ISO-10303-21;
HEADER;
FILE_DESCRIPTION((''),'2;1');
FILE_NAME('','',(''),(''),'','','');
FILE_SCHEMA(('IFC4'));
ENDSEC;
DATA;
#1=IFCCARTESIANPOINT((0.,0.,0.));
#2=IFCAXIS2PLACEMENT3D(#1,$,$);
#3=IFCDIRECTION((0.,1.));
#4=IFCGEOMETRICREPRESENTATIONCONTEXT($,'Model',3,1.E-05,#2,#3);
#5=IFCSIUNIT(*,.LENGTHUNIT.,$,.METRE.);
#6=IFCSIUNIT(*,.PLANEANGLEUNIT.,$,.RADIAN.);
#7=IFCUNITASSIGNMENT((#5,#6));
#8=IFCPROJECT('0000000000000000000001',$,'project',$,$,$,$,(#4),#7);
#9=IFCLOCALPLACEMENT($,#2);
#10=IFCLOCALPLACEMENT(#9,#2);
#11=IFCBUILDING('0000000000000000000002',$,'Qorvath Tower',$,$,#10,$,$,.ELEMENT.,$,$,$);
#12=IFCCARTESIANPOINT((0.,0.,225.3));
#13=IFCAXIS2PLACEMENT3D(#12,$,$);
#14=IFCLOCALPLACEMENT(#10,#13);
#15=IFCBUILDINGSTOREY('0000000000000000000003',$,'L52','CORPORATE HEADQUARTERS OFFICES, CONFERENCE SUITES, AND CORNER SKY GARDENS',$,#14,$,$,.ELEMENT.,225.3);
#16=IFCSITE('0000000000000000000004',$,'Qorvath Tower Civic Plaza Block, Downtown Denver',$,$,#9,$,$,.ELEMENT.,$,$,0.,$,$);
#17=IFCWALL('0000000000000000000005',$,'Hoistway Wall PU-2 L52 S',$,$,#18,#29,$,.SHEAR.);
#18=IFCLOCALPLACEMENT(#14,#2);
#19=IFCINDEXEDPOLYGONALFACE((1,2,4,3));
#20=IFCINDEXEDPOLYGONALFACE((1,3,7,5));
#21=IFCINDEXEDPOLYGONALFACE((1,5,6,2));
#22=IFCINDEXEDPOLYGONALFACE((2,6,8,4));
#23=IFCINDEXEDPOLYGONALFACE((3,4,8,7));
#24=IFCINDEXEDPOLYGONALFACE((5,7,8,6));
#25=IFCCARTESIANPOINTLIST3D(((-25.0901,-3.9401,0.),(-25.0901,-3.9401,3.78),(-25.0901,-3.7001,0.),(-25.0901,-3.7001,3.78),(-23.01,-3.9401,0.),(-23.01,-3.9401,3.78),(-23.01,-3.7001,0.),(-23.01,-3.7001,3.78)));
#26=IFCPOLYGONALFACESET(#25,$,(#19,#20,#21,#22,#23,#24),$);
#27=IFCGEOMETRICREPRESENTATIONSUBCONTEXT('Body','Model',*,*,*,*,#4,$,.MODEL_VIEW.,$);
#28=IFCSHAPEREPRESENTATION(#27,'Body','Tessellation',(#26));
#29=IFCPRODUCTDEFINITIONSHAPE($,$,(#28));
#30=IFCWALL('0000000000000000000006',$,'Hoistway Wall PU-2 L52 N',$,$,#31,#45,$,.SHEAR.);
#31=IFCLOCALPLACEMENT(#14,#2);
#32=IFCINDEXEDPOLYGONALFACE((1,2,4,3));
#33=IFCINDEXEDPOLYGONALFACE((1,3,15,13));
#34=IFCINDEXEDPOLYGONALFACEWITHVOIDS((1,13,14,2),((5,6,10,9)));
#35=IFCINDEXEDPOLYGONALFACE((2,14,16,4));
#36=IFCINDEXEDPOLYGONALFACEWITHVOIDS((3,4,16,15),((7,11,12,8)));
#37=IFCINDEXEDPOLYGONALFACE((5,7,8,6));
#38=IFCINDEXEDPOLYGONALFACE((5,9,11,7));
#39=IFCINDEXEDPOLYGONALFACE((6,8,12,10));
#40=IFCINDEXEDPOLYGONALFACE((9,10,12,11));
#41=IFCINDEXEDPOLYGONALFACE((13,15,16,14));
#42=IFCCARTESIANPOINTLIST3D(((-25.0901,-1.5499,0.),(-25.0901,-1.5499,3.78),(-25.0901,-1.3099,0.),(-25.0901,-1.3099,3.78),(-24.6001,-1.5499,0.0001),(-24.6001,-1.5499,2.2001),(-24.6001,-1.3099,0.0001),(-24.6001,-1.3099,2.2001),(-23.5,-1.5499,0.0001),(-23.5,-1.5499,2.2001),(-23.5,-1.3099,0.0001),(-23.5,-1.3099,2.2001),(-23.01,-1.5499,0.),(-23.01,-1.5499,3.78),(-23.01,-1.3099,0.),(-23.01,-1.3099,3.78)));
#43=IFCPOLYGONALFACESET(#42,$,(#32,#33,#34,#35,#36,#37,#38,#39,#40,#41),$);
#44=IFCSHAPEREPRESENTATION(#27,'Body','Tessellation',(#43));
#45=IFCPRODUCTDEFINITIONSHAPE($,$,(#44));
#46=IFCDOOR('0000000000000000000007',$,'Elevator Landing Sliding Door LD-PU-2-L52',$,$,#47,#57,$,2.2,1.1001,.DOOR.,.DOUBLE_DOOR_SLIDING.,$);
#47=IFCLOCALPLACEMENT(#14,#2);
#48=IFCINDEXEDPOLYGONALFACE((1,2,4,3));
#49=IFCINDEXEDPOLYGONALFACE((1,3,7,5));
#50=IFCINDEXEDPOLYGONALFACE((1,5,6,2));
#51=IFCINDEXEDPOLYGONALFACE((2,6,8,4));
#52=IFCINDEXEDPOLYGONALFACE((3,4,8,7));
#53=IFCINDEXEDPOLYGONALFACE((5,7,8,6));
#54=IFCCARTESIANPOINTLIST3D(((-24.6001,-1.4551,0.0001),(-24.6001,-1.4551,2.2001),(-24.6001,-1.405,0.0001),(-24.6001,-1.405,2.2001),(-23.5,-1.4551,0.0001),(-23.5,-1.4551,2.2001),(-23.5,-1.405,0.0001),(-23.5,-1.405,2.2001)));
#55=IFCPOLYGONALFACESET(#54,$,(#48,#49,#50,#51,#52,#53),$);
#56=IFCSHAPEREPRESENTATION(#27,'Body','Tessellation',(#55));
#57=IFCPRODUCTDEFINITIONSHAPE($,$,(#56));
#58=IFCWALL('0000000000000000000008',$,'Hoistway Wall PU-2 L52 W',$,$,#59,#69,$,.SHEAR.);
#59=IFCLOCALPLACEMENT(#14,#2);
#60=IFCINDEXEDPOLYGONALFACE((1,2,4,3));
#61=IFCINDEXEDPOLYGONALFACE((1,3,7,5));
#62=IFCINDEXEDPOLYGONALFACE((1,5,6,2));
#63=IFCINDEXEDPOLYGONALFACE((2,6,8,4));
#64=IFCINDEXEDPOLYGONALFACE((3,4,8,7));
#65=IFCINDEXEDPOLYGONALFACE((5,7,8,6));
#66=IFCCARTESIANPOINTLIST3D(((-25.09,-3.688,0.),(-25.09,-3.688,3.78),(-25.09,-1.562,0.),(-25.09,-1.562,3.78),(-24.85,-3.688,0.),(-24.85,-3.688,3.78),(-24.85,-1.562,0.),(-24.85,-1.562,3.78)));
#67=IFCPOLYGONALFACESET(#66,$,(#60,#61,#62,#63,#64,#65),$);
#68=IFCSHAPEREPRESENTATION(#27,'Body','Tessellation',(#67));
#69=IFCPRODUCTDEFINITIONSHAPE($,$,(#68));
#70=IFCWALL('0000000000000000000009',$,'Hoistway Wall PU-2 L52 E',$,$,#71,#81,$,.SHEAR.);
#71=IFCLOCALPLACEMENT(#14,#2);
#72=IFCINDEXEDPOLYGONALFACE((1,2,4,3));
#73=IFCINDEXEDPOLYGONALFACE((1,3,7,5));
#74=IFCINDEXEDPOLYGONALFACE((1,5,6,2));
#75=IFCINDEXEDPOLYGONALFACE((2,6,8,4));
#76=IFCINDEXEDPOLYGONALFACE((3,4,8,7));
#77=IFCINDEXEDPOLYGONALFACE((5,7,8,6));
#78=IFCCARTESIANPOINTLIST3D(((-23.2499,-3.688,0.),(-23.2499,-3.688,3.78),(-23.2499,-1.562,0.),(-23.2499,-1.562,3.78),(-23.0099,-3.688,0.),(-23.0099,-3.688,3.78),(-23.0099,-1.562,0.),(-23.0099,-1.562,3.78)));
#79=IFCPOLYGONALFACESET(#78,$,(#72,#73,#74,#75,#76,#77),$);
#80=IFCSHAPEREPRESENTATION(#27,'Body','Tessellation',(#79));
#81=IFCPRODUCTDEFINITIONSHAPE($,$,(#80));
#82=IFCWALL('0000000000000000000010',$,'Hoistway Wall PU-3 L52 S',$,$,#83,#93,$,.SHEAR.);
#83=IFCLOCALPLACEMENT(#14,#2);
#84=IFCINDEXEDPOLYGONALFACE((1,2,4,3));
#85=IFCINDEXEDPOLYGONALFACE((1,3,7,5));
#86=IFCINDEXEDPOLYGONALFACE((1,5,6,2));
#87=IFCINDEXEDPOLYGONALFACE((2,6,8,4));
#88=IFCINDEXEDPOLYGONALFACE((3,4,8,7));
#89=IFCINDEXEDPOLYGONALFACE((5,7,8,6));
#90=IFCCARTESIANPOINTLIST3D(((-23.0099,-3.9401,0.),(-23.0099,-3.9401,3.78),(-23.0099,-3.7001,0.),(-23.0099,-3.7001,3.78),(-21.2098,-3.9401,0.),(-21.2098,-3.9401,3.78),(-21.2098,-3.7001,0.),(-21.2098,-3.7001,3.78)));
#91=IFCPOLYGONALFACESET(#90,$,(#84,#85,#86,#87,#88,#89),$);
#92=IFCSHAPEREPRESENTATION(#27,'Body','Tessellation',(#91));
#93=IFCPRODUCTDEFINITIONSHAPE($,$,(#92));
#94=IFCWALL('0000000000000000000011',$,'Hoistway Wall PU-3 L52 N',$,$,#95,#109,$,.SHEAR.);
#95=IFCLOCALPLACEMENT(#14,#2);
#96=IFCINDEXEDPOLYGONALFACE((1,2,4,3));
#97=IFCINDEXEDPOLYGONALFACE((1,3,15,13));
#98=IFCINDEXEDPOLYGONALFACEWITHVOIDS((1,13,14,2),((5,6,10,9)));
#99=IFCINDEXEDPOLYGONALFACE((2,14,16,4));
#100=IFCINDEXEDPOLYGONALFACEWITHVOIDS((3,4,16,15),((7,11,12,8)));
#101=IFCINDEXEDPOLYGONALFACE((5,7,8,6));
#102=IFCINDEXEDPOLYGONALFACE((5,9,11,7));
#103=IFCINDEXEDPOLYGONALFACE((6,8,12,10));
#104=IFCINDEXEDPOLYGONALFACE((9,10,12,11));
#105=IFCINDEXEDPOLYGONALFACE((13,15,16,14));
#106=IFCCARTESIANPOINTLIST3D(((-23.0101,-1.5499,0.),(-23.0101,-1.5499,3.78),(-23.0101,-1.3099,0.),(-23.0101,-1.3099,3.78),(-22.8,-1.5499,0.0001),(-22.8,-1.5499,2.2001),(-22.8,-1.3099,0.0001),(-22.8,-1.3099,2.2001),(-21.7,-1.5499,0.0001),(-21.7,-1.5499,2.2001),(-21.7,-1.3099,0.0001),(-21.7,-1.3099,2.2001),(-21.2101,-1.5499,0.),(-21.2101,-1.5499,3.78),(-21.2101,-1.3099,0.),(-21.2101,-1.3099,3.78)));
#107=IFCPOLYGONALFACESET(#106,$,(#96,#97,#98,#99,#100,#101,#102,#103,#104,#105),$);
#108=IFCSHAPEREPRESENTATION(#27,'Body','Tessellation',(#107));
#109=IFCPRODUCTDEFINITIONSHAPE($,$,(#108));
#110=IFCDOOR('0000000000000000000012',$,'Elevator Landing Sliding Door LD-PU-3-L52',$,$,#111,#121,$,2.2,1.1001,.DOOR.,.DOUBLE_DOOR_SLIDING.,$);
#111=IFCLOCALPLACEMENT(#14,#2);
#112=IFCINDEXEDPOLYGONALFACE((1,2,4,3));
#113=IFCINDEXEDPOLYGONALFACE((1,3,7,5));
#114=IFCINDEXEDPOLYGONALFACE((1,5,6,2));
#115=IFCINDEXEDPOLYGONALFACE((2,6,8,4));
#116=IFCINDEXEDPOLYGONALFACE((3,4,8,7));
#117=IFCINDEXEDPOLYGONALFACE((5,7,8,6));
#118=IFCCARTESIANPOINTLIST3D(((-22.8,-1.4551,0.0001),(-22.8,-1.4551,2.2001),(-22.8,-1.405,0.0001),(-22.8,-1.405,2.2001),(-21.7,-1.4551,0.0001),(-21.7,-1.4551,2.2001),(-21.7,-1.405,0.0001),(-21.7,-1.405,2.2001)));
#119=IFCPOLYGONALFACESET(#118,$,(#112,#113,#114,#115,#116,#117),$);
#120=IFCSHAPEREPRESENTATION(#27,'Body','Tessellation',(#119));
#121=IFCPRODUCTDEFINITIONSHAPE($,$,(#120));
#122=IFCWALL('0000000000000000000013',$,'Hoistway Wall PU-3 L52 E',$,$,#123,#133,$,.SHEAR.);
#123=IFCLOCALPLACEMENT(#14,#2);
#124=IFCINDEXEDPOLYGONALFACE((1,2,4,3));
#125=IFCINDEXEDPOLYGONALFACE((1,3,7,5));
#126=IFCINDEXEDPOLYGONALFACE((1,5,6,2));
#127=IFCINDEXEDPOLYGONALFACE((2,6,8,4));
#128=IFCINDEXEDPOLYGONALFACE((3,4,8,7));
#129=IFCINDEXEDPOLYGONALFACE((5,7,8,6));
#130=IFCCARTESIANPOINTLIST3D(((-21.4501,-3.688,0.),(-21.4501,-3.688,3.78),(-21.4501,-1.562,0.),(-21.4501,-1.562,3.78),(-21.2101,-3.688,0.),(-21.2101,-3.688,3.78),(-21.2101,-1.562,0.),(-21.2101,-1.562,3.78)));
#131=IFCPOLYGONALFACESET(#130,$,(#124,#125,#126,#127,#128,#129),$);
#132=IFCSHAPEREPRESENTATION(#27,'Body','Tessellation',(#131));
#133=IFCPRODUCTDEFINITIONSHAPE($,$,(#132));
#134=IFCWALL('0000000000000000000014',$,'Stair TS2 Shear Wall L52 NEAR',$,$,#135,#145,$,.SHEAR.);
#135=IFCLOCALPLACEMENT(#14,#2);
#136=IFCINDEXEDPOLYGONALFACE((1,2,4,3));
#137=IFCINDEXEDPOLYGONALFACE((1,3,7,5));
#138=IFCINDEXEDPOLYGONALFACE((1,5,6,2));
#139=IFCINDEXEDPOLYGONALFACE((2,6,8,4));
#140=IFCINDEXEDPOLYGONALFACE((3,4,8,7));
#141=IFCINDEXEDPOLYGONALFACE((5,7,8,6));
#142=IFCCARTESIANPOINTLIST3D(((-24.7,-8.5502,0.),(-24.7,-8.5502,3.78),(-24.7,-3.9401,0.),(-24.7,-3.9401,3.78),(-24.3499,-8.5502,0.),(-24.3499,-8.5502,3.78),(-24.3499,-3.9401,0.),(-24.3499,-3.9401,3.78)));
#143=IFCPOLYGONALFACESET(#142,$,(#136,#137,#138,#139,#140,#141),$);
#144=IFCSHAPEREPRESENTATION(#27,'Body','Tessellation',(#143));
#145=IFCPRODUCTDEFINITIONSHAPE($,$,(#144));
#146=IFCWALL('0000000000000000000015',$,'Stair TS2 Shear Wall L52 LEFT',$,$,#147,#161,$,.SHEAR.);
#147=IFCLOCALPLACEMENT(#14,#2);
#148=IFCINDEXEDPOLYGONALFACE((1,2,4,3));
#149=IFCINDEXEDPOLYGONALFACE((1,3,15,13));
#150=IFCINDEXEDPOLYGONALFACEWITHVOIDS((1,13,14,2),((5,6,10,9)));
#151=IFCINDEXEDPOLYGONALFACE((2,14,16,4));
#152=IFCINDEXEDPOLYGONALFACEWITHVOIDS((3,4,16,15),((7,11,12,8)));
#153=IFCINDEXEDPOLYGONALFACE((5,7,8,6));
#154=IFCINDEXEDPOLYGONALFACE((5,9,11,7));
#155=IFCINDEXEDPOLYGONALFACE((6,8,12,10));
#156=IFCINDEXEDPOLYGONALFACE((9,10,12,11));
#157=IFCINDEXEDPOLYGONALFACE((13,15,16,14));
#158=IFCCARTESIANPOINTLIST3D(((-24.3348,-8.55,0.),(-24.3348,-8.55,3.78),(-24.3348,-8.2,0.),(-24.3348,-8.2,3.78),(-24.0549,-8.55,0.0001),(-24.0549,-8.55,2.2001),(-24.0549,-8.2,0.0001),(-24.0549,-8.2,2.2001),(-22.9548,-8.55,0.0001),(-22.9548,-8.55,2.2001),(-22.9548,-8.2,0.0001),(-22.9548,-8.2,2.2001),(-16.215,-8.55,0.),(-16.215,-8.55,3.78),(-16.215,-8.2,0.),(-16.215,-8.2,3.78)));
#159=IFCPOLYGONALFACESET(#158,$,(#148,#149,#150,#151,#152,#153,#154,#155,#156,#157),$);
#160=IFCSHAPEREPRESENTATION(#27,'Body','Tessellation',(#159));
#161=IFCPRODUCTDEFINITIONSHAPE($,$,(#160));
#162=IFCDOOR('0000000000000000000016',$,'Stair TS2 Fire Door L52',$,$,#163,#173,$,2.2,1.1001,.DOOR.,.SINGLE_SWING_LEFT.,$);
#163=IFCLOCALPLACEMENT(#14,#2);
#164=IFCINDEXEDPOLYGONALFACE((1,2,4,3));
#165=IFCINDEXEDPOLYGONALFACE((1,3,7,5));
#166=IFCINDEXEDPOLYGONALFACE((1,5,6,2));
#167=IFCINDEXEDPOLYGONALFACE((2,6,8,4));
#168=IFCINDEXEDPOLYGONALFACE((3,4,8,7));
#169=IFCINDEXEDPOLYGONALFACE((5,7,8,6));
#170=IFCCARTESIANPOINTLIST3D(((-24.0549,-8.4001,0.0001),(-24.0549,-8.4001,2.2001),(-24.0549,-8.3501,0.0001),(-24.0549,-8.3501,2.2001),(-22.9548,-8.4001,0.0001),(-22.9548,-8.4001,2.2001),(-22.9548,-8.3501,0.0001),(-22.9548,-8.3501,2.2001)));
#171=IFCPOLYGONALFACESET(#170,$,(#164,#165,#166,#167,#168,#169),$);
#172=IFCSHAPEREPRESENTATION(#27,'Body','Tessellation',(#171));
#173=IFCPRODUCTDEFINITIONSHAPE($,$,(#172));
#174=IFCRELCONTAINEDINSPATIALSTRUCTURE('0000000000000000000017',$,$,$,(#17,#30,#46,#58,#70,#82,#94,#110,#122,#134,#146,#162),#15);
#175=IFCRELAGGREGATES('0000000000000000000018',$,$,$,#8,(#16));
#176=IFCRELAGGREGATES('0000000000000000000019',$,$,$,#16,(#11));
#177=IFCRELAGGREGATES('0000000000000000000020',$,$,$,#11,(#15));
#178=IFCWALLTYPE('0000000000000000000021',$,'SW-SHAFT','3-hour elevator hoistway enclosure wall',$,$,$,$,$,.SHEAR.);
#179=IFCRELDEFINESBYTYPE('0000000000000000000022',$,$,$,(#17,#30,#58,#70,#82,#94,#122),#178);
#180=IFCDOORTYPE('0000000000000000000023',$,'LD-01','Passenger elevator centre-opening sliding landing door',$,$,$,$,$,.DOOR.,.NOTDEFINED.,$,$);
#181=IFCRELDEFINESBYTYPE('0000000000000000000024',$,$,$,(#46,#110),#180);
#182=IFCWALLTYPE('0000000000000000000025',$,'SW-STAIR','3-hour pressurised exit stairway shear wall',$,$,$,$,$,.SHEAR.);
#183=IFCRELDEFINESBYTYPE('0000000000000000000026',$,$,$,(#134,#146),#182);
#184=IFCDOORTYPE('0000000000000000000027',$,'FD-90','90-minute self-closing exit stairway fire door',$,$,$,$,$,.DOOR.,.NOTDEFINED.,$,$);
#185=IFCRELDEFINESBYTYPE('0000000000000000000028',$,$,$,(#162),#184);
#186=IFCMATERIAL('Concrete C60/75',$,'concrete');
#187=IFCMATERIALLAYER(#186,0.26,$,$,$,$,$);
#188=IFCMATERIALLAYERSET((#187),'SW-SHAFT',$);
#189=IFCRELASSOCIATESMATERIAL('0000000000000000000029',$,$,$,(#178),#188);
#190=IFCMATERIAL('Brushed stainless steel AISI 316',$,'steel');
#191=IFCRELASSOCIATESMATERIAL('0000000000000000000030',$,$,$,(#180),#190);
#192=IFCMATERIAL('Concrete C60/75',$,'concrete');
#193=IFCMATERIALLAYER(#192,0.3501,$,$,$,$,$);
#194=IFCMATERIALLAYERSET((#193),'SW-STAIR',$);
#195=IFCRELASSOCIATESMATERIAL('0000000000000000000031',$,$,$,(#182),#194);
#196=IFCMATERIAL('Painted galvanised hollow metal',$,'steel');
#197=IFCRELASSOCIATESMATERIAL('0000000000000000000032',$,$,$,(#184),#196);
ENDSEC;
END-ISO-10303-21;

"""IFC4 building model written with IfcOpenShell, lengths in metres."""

from ifc_helpers import new_model, si_unit, direction, frame, frame_2d, origin, place, context, subcontext, project, spatial, rectangle, extrude, material, layer, layer_set, type_object, element, fill, save


model = new_model("IFC4")

# Units and contexts
model_context = context("Model", 3, precision=1e-05, world=origin(), true_north=direction((0.0, 1.0)))
body_context = subcontext(model_context, "Body", "Model", "MODEL_VIEW")
ifc_project = project(units=[si_unit("LENGTHUNIT", "METRE"), si_unit("PLANEANGLEUNIT", "RADIAN")], contexts=[model_context])

# Site, building, storey
site_placement = place(None, origin())
site = spatial("IfcSite", under=ifc_project, at=site_placement, Name="Qorvath Tower Civic Plaza Block, Downtown Denver", CompositionType="ELEMENT", RefElevation=0.0)
building_placement = place(site_placement, origin())
building = spatial("IfcBuilding", under=site, at=building_placement, Name="Qorvath Tower", CompositionType="ELEMENT")
storey_placement = place(building_placement, frame((0.0, 0.0, 225.3)))
storey = spatial("IfcBuildingStorey", under=building, at=storey_placement, Name="L52", Description="CORPORATE HEADQUARTERS OFFICES, CONFERENCE SUITES, AND CORNER SKY GARDENS", CompositionType="ELEMENT", Elevation=225.3)

# Shared definitions
ifc_material_1 = material(Name="Concrete C60/75", Category="concrete")
ifc_layer_1 = layer(ifc_material_1, 0.26)
ifc_layer_set_1 = layer_set([ifc_layer_1], Name="SW-SHAFT")
wall_type_1 = type_object("IfcWallType", Name="SW-SHAFT", Description="3-hour elevator hoistway enclosure wall", PredefinedType="SHEAR", material=ifc_layer_set_1)

# Wall
wall_1_placement = place(storey_placement, frame((-23.01, -3.8201, 0.0), z_axis=(0.0, 0.0, 1.0), x_axis=(-1.0, 0.0, 0.0)))
element("IfcWall", 1, at=wall_1_placement, inside=storey, type_object=wall_type_1, Name="Hoistway Wall PU-2 L52 S", PredefinedType="SHEAR", context=body_context, shape_type="SweptSolid", body=[
    extrude(rectangle(XDim=2.0801, YDim=0.24, at=frame_2d((1.04, 0.0))), origin(), (0.0, 0.0, 1.0), 3.78),
])

# Wall, opening, door
wall_2_placement = place(storey_placement, frame((-25.0901, -1.4299, 0.0), z_axis=(0.0, 0.0, 1.0), x_axis=(1.0, 0.0, 0.0)))
wall_2 = element("IfcWall", 2, at=wall_2_placement, inside=storey, type_object=wall_type_1, Name="Hoistway Wall PU-2 L52 N", PredefinedType="SHEAR", context=body_context, shape_type="SweptSolid", body=[
    extrude(rectangle(XDim=2.0801, YDim=0.24, at=frame_2d((1.04, 0.0))), origin(), (0.0, 0.0, 1.0), 3.78),
])
opening_1_placement = place(wall_2_placement, frame((0.49, 0.0, 0.0)))
opening_1 = element("IfcOpeningElement", 3, at=opening_1_placement, cuts=wall_2, PredefinedType="OPENING", context=body_context, shape_type="SweptSolid", body=[
    extrude(rectangle(XDim=1.1001, YDim=2.2, at=frame_2d((0.55, 1.1001))), frame((0.0, 0.1299, 0.0), z_axis=(0.0, -1.0, 0.0), x_axis=(1.0, 0.0, 0.0)), (0.0, 0.0, 1.0), 0.26),
])
ifc_material_2 = material(Name="Brushed stainless steel AISI 316", Category="steel")
door_type_1 = type_object("IfcDoorType", Name="LD-01", Description="Passenger elevator centre-opening sliding landing door", OperationType="NOTDEFINED", PredefinedType="DOOR", material=ifc_material_2)
door_1_placement = place(opening_1_placement, origin())
door_1 = element("IfcDoor", 4, at=door_1_placement, inside=storey, type_object=door_type_1, Name="Elevator Landing Sliding Door LD-PU-2-L52", OperationType="DOUBLE_DOOR_SLIDING", OverallHeight=2.2, OverallWidth=1.1001, PredefinedType="DOOR", context=body_context, shape_type="SweptSolid", body=[
    extrude(rectangle(XDim=1.1001, YDim=2.2, at=frame_2d((0.55, 1.1001))), frame((0.0, 0.0249, 0.0), z_axis=(0.0, -1.0, 0.0), x_axis=(1.0, 0.0, 0.0)), (0.0, 0.0, 1.0), 0.05),
])
fill(opening_1, door_1)

# Walls
for number, where, z_axis, x_axis, name in (
    (5, (-24.97, -3.688, 0.0), (0.0, 0.0, 1.0), (0.0, 1.0, 0.0), "Hoistway Wall PU-2 L52 W"),
    (6, (-23.1299, -1.562, 0.0), (0.0, 0.0, 1.0), (0.0, -1.0, 0.0), "Hoistway Wall PU-2 L52 E"),
):
    element("IfcWall", number, at=place(storey_placement, frame(where, z_axis=z_axis, x_axis=x_axis)), inside=storey, type_object=wall_type_1, Name=name, PredefinedType="SHEAR", context=body_context, shape_type="SweptSolid", body=[
        extrude(rectangle(XDim=2.126, YDim=0.24, at=frame_2d((1.063, 0.0))), origin(), (0.0, 0.0, 1.0), 3.78),
    ])
wall_3_placement = place(storey_placement, frame((-21.21, -3.8201, 0.0), z_axis=(0.0, 0.0, 1.0), x_axis=(-1.0, 0.0, 0.0)))
element("IfcWall", 7, at=wall_3_placement, inside=storey, type_object=wall_type_1, Name="Hoistway Wall PU-3 L52 S", PredefinedType="SHEAR", context=body_context, shape_type="SweptSolid", body=[
    extrude(rectangle(XDim=1.8, YDim=0.24, at=frame_2d((0.8999, 0.0))), origin(), (0.0, 0.0, 1.0), 3.78),
])

# Wall, opening, door
wall_4_placement = place(storey_placement, frame((-23.01, -1.4299, 0.0), z_axis=(0.0, 0.0, 1.0), x_axis=(1.0, 0.0, 0.0)))
wall_4 = element("IfcWall", 8, at=wall_4_placement, inside=storey, type_object=wall_type_1, Name="Hoistway Wall PU-3 L52 N", PredefinedType="SHEAR", context=body_context, shape_type="SweptSolid", body=[
    extrude(rectangle(XDim=1.8, YDim=0.24, at=frame_2d((0.8999, 0.0))), origin(), (0.0, 0.0, 1.0), 3.78),
])
opening_2_placement = place(wall_4_placement, frame((0.21, 0.0, 0.0)))
opening_2 = element("IfcOpeningElement", 9, at=opening_2_placement, cuts=wall_4, PredefinedType="OPENING", context=body_context, shape_type="SweptSolid", body=[
    extrude(rectangle(XDim=1.1001, YDim=2.2, at=frame_2d((0.55, 1.1001))), frame((0.0, 0.1299, 0.0), z_axis=(0.0, -1.0, 0.0), x_axis=(1.0, 0.0, 0.0)), (0.0, 0.0, 1.0), 0.26),
])
door_2_placement = place(opening_2_placement, origin())
door_2 = element("IfcDoor", 10, at=door_2_placement, inside=storey, type_object=door_type_1, Name="Elevator Landing Sliding Door LD-PU-3-L52", OperationType="DOUBLE_DOOR_SLIDING", OverallHeight=2.2, OverallWidth=1.1001, PredefinedType="DOOR", context=body_context, shape_type="SweptSolid", body=[
    extrude(rectangle(XDim=1.1001, YDim=2.2, at=frame_2d((0.55, 1.1001))), frame((0.0, 0.0249, 0.0), z_axis=(0.0, -1.0, 0.0), x_axis=(1.0, 0.0, 0.0)), (0.0, 0.0, 1.0), 0.05),
])
fill(opening_2, door_2)

# Walls
wall_5_placement = place(storey_placement, frame((-21.3301, -1.562, 0.0), z_axis=(0.0, 0.0, 1.0), x_axis=(0.0, -1.0, 0.0)))
element("IfcWall", 11, at=wall_5_placement, inside=storey, type_object=wall_type_1, Name="Hoistway Wall PU-3 L52 E", PredefinedType="SHEAR", context=body_context, shape_type="SweptSolid", body=[
    extrude(rectangle(XDim=2.126, YDim=0.24, at=frame_2d((1.063, 0.0))), origin(), (0.0, 0.0, 1.0), 3.78),
])
ifc_material_3 = material(Name="Concrete C60/75", Category="concrete")
ifc_layer_2 = layer(ifc_material_3, 0.3501)
ifc_layer_set_2 = layer_set([ifc_layer_2], Name="SW-STAIR")
wall_type_2 = type_object("IfcWallType", Name="SW-STAIR", Description="3-hour pressurised exit stairway shear wall", PredefinedType="SHEAR", material=ifc_layer_set_2)
wall_6_placement = place(storey_placement, frame((-24.5249, -3.9399, 0.0), z_axis=(0.0, 0.0, 1.0), x_axis=(0.0, -1.0, 0.0)))
element("IfcWall", 12, at=wall_6_placement, inside=storey, type_object=wall_type_2, Name="Stair TS2 Shear Wall L52 NEAR", PredefinedType="SHEAR", context=body_context, shape_type="SweptSolid", body=[
    extrude(rectangle(XDim=4.6101, YDim=0.3501, at=frame_2d((2.3052, 0.0))), origin(), (0.0, 0.0, 1.0), 3.78),
])

# Wall, opening, door
wall_7_placement = place(storey_placement, frame((-24.335, -8.375, 0.0), z_axis=(0.0, 0.0, 1.0), x_axis=(1.0, 0.0, 0.0)))
wall_7 = element("IfcWall", 13, at=wall_7_placement, inside=storey, type_object=wall_type_2, Name="Stair TS2 Shear Wall L52 LEFT", PredefinedType="SHEAR", context=body_context, shape_type="SweptSolid", body=[
    extrude(rectangle(XDim=8.1199, YDim=0.3501, at=frame_2d((4.0601, 0.0))), origin(), (0.0, 0.0, 1.0), 3.78),
])
opening_3_placement = place(wall_7_placement, frame((0.28, 0.0, 0.0)))
opening_3 = element("IfcOpeningElement", 14, at=opening_3_placement, cuts=wall_7, PredefinedType="OPENING", context=body_context, shape_type="SweptSolid", body=[
    extrude(rectangle(XDim=1.1001, YDim=2.2, at=frame_2d((0.55, 1.1001))), frame((0.0, 0.1851, 0.0), z_axis=(0.0, -1.0, 0.0), x_axis=(1.0, 0.0, 0.0)), (0.0, 0.0, 1.0), 0.3701),
])
ifc_material_4 = material(Name="Painted galvanised hollow metal", Category="steel")
door_type_2 = type_object("IfcDoorType", Name="FD-90", Description="90-minute self-closing exit stairway fire door", OperationType="NOTDEFINED", PredefinedType="DOOR", material=ifc_material_4)
door_3_placement = place(opening_3_placement, origin())
door_3 = element("IfcDoor", 15, at=door_3_placement, inside=storey, type_object=door_type_2, Name="Stair TS2 Fire Door L52", OperationType="SINGLE_SWING_LEFT", OverallHeight=2.2, OverallWidth=1.1001, PredefinedType="DOOR", context=body_context, shape_type="SweptSolid", body=[
    extrude(rectangle(XDim=1.1001, YDim=2.2, at=frame_2d((0.55, 1.1001))), frame((0.0, 0.0249, 0.0), z_axis=(0.0, -1.0, 0.0), x_axis=(1.0, 0.0, 0.0)), (0.0, 0.0, 1.0), 0.05),
])
fill(opening_3, door_3)

save(model, "model.ifc")
